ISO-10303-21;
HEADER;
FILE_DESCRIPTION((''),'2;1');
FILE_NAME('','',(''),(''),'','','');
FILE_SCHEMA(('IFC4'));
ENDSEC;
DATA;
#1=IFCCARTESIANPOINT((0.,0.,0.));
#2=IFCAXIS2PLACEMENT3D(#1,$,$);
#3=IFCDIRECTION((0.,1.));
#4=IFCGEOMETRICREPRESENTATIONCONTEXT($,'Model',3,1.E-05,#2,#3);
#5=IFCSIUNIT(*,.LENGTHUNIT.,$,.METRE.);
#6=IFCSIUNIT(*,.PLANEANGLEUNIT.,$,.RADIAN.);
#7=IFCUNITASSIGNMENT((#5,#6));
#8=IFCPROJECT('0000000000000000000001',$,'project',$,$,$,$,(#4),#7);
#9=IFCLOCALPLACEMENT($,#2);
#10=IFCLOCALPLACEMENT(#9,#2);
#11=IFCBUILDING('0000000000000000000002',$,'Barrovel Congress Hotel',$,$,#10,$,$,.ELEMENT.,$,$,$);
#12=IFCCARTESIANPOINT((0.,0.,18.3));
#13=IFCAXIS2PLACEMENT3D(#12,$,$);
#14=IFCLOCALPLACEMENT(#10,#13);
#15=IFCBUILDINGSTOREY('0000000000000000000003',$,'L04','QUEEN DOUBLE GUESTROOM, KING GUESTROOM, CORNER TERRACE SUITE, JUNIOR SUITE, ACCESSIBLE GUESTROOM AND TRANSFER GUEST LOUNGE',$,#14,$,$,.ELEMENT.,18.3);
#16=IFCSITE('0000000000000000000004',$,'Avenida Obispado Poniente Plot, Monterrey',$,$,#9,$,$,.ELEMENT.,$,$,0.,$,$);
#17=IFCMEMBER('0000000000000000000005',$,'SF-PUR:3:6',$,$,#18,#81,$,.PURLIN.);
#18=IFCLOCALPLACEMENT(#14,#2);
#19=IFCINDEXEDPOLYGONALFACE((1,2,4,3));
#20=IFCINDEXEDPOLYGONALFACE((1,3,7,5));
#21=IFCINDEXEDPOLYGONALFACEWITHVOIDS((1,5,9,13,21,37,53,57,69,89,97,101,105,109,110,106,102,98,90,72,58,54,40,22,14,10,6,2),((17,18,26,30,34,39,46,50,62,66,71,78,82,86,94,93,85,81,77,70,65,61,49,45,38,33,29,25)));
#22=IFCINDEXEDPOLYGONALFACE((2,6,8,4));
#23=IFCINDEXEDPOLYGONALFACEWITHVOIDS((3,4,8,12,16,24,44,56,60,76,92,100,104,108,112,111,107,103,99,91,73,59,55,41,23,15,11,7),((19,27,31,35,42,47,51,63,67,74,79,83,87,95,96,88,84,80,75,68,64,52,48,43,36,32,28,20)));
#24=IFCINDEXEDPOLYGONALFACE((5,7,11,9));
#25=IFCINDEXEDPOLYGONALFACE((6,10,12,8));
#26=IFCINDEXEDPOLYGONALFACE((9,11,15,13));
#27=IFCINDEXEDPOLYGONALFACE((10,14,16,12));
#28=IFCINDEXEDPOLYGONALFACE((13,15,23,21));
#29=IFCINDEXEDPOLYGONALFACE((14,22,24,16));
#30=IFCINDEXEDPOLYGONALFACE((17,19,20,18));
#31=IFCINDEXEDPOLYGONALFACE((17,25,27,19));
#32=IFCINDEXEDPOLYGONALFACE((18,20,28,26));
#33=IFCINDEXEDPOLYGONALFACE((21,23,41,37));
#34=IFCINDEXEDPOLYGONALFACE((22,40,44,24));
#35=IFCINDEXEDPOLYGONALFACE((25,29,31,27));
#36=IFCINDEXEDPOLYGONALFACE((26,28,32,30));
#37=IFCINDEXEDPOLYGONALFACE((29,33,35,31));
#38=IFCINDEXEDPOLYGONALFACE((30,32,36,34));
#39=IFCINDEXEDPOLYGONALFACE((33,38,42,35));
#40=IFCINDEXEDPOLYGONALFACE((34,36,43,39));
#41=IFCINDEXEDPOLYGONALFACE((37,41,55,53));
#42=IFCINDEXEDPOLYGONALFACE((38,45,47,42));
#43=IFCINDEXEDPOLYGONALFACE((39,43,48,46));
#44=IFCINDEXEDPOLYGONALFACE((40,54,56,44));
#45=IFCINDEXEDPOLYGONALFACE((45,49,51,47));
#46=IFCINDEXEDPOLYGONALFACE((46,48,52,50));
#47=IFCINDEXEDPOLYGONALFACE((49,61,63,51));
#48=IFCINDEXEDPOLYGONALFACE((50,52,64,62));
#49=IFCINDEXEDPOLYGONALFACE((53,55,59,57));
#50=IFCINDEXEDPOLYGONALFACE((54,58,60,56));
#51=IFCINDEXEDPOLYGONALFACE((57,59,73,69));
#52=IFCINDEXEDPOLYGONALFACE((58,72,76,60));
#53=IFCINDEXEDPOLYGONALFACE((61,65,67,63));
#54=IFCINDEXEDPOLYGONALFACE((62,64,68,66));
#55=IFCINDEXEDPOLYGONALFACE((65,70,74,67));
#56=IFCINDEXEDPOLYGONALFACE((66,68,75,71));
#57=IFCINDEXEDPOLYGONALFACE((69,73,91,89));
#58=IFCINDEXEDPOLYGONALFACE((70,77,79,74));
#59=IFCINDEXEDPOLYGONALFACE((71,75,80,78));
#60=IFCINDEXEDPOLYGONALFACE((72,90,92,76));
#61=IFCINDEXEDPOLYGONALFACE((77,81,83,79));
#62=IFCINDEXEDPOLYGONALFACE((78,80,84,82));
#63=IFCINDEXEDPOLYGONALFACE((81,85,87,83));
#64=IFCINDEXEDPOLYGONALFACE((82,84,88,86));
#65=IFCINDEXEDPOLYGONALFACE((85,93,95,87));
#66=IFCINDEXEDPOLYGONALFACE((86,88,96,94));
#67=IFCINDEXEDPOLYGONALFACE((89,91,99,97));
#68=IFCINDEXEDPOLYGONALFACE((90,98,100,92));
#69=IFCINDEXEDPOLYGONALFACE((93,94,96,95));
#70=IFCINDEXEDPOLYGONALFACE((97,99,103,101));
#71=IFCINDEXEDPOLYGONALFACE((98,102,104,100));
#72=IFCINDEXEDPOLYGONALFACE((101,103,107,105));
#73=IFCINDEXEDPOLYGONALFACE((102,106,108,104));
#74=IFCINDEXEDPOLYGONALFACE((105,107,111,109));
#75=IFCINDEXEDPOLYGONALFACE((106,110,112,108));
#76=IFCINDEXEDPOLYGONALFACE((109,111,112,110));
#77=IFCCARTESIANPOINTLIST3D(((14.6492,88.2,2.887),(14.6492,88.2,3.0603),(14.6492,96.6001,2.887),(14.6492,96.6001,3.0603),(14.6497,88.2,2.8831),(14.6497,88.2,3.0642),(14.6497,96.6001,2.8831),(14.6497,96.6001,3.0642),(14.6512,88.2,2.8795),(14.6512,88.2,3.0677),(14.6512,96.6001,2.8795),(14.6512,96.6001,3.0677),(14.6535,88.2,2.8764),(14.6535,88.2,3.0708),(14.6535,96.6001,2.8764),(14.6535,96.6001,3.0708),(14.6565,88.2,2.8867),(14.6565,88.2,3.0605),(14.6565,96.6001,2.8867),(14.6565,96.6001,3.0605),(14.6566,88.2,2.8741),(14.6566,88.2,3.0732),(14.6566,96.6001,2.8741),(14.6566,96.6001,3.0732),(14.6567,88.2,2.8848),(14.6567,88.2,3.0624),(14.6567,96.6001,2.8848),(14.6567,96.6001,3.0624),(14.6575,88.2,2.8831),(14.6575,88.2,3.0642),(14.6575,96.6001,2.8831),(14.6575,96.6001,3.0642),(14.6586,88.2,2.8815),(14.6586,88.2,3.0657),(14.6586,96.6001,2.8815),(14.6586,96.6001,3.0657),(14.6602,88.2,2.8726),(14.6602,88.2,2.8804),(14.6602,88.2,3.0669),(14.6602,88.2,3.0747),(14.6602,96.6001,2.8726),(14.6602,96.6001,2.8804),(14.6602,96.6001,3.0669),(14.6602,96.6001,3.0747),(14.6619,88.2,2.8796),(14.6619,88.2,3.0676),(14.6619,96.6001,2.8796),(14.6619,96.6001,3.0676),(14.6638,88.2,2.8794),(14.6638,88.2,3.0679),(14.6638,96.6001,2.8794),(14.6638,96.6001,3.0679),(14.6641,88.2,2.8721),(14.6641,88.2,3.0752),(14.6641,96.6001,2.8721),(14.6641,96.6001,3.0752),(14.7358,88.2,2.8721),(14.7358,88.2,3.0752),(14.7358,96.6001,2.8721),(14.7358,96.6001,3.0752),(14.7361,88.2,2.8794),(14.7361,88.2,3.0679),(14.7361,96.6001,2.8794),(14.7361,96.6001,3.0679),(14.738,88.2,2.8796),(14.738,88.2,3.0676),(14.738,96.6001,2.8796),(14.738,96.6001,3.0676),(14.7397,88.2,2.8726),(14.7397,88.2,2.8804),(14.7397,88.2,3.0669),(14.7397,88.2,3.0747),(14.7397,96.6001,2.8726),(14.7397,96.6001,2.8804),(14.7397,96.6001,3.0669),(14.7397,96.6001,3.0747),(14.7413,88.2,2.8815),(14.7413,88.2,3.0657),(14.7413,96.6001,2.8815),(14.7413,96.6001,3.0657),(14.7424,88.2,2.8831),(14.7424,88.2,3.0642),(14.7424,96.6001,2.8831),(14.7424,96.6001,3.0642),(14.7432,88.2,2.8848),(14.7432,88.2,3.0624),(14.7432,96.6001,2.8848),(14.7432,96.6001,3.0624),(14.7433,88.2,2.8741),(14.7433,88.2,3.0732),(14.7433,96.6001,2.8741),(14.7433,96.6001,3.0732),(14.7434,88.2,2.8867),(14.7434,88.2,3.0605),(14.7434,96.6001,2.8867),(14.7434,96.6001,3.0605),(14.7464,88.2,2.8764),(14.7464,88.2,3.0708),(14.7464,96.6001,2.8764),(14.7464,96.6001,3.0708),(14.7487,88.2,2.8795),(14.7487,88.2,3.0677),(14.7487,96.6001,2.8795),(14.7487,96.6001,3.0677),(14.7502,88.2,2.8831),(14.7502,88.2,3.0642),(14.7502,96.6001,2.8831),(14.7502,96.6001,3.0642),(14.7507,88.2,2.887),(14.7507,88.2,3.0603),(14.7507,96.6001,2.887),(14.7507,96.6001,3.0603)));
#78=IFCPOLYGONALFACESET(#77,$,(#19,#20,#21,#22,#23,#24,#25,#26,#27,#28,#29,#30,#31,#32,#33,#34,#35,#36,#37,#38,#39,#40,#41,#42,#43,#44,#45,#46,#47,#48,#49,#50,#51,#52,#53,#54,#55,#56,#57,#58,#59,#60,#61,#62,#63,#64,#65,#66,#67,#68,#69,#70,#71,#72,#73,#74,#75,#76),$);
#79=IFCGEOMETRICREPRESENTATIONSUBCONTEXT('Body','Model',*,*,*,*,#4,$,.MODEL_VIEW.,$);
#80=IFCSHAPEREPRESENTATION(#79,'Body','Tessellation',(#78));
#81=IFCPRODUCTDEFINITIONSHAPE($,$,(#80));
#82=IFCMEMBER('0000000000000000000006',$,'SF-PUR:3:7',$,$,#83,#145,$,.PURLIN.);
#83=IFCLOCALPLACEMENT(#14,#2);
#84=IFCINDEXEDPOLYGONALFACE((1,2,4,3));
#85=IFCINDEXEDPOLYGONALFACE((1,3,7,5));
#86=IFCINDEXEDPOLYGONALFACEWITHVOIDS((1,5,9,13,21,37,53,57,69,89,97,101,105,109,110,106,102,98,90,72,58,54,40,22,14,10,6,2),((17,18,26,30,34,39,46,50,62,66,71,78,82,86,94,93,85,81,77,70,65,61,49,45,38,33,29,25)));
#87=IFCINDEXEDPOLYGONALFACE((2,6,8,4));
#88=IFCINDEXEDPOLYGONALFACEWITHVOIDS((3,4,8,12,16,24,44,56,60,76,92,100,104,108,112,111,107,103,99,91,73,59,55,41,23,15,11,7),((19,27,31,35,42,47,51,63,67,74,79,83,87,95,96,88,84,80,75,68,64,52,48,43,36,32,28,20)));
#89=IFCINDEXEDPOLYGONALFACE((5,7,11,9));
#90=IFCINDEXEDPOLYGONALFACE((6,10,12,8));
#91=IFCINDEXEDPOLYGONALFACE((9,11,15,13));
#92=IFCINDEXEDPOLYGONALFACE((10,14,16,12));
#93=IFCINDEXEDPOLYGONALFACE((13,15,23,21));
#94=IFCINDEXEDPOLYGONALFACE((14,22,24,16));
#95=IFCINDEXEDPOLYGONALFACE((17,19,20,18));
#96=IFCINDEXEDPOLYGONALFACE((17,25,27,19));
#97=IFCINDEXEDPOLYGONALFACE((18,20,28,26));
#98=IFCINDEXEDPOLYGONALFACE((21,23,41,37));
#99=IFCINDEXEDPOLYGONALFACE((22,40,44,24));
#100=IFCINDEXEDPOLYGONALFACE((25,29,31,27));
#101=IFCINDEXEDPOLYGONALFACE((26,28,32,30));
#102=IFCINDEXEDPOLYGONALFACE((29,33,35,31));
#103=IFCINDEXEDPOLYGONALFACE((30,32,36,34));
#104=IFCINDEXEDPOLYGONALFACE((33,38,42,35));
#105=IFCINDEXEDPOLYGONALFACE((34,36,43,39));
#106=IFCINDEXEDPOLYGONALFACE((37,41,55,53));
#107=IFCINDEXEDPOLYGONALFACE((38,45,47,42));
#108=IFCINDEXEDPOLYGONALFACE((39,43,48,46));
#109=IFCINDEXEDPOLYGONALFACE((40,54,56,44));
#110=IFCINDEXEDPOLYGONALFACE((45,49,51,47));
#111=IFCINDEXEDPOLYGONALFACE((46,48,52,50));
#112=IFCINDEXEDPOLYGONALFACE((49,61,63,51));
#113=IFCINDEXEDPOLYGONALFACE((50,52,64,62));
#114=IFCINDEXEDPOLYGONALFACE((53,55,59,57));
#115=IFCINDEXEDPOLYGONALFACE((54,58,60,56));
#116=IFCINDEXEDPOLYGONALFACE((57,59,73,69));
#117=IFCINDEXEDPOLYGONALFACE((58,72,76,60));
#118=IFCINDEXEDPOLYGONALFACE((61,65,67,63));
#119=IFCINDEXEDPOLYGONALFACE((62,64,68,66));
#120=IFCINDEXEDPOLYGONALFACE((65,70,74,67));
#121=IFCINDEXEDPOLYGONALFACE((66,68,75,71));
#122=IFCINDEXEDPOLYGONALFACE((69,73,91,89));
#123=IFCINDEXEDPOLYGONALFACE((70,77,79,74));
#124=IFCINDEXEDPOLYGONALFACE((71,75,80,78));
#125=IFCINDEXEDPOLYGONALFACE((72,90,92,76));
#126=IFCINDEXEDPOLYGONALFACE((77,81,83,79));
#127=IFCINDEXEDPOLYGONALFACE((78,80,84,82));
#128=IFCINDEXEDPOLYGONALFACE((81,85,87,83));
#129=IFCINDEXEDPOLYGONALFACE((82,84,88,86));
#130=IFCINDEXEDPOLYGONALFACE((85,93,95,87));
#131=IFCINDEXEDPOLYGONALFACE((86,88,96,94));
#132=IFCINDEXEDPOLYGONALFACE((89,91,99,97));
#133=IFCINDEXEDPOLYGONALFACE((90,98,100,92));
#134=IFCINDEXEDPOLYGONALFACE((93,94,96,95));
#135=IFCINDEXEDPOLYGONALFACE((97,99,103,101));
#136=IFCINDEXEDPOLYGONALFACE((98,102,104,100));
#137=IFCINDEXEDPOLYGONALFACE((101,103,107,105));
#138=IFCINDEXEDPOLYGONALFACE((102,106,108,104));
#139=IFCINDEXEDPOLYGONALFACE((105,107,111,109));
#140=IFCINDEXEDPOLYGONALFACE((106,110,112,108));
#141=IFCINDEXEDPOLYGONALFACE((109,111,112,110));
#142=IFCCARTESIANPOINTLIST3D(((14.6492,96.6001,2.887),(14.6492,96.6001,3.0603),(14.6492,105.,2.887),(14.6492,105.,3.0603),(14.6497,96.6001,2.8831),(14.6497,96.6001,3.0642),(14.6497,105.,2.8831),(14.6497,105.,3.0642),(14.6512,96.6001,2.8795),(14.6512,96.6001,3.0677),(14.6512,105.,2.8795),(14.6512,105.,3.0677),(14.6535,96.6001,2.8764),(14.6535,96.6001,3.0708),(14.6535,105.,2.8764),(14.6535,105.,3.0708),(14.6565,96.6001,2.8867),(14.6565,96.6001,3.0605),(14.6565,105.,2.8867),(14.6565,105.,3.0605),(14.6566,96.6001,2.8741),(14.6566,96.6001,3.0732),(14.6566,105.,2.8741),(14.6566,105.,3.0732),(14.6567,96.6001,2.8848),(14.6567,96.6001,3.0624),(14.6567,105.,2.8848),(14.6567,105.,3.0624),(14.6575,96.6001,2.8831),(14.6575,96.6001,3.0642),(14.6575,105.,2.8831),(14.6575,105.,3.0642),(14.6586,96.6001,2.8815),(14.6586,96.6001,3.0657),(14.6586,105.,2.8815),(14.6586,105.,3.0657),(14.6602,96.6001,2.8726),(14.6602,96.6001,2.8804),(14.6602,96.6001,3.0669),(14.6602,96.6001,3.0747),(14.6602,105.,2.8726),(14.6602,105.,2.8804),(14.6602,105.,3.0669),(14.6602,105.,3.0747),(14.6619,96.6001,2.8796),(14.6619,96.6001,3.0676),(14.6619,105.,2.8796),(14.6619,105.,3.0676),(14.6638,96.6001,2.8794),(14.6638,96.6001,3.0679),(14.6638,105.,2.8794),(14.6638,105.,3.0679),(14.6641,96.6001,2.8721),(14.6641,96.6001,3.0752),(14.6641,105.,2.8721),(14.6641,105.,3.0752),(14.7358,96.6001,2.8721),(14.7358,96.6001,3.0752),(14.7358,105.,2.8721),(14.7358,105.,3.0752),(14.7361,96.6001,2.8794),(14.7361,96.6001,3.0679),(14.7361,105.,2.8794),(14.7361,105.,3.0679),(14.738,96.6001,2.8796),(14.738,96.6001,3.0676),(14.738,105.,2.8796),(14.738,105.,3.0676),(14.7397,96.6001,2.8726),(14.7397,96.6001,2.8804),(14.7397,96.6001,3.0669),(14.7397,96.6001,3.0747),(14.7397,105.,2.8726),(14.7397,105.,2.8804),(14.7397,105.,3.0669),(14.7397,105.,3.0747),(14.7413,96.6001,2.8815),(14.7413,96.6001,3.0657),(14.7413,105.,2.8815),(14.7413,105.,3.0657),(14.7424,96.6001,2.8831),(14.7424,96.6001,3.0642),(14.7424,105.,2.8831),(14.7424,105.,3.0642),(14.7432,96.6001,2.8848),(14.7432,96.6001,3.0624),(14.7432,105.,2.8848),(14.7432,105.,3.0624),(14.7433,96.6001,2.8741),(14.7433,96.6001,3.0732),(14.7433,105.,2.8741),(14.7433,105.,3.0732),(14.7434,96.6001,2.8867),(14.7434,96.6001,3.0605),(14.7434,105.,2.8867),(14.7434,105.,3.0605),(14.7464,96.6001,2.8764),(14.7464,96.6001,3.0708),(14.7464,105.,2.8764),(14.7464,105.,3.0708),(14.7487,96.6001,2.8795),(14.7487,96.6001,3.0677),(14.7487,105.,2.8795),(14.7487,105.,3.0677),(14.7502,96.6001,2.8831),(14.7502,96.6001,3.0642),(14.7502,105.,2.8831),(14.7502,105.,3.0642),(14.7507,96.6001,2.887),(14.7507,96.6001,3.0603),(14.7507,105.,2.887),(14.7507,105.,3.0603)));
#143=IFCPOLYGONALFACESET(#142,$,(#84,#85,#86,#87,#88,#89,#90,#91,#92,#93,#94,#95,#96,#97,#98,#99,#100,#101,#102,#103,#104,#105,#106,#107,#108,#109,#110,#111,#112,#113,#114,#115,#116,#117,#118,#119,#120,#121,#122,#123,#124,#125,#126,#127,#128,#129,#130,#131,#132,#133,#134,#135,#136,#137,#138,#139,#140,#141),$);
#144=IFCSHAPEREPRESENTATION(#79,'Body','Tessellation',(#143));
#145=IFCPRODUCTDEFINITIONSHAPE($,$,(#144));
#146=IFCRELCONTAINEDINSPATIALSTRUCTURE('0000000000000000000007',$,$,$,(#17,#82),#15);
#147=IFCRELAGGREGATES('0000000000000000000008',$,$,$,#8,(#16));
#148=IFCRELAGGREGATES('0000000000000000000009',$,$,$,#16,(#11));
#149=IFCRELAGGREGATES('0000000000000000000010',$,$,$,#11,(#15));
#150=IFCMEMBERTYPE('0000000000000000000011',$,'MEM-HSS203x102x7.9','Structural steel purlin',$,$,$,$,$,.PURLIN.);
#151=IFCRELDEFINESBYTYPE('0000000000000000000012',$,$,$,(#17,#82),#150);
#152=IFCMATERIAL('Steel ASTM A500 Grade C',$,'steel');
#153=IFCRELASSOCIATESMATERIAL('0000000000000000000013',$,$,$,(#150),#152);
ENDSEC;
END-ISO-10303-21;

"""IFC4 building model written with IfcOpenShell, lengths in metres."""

from ifc_helpers import new_model, si_unit, direction, frame, origin, origin_2d, place, context, subcontext, project, spatial, hollow_rectangle, extrude, material, material_profile, profile_set, type_object, element, save


model = new_model("IFC4")

# Units and contexts
model_context = context("Model", 3, precision=1e-05, world=origin(), true_north=direction((0.0, 1.0)))
body_context = subcontext(model_context, "Body", "Model", "MODEL_VIEW")
ifc_project = project(units=[si_unit("LENGTHUNIT", "METRE"), si_unit("PLANEANGLEUNIT", "RADIAN")], contexts=[model_context])

# Site, building, storey
site_placement = place(None, origin())
site = spatial("IfcSite", under=ifc_project, at=site_placement, Name="Avenida Obispado Poniente Plot, Monterrey", CompositionType="ELEMENT", RefElevation=0.0)
building_placement = place(site_placement, origin())
building = spatial("IfcBuilding", under=site, at=building_placement, Name="Barrovel Congress Hotel", CompositionType="ELEMENT")
storey_placement = place(building_placement, frame((0.0, 0.0, 18.3)))
storey = spatial("IfcBuildingStorey", under=building, at=storey_placement, Name="L04", Description="QUEEN DOUBLE GUESTROOM, KING GUESTROOM, CORNER TERRACE SUITE, JUNIOR SUITE, ACCESSIBLE GUESTROOM AND TRANSFER GUEST LOUNGE", CompositionType="ELEMENT", Elevation=18.3)

# Members
ifc_material_1 = material(Name="Steel ASTM A500 Grade C", Category="steel")
ifc_material_profile_1 = material_profile(ifc_material_1, hollow_rectangle(XDim=0.1016, YDim=0.2031, WallThickness=0.0073, InnerFilletRadius=0.0073, OuterFilletRadius=0.0149, at=origin_2d()), Name="HSS203x102x7.9")
ifc_profile_set_1 = profile_set([ifc_material_profile_1], Name="Steel ASTM A500 Grade C")
member_type_1 = type_object("IfcMemberType", Name="MEM-HSS203x102x7.9", Description="Structural steel purlin", PredefinedType="PURLIN", material=ifc_profile_set_1)
member_1_placement = place(storey_placement, frame((14.7, 88.2, 2.9736), z_axis=(0.0, 1.0, 0.0), x_axis=(-1.0, 0.0, 0.0)))
element("IfcMember", 1, at=member_1_placement, inside=storey, type_object=member_type_1, Name="SF-PUR:3:6", PredefinedType="PURLIN", context=body_context, shape_type="SweptSolid", body=[
    extrude(hollow_rectangle(XDim=0.1016, YDim=0.2031, WallThickness=0.0073, InnerFilletRadius=0.0073, OuterFilletRadius=0.0149, at=origin_2d()), origin(), (0.0, 0.0, 1.0), 8.4001),
])
member_2_placement = place(storey_placement, frame((14.7, 96.6001, 2.9736), z_axis=(0.0, 1.0, 0.0), x_axis=(-1.0, 0.0, 0.0)))
element("IfcMember", 2, at=member_2_placement, inside=storey, type_object=member_type_1, Name="SF-PUR:3:7", PredefinedType="PURLIN", context=body_context, shape_type="SweptSolid", body=[
    extrude(hollow_rectangle(XDim=0.1016, YDim=0.2031, WallThickness=0.0073, InnerFilletRadius=0.0073, OuterFilletRadius=0.0149, at=origin_2d()), origin(), (0.0, 0.0, 1.0), 8.3999),
])

save(model, "model.ifc")
